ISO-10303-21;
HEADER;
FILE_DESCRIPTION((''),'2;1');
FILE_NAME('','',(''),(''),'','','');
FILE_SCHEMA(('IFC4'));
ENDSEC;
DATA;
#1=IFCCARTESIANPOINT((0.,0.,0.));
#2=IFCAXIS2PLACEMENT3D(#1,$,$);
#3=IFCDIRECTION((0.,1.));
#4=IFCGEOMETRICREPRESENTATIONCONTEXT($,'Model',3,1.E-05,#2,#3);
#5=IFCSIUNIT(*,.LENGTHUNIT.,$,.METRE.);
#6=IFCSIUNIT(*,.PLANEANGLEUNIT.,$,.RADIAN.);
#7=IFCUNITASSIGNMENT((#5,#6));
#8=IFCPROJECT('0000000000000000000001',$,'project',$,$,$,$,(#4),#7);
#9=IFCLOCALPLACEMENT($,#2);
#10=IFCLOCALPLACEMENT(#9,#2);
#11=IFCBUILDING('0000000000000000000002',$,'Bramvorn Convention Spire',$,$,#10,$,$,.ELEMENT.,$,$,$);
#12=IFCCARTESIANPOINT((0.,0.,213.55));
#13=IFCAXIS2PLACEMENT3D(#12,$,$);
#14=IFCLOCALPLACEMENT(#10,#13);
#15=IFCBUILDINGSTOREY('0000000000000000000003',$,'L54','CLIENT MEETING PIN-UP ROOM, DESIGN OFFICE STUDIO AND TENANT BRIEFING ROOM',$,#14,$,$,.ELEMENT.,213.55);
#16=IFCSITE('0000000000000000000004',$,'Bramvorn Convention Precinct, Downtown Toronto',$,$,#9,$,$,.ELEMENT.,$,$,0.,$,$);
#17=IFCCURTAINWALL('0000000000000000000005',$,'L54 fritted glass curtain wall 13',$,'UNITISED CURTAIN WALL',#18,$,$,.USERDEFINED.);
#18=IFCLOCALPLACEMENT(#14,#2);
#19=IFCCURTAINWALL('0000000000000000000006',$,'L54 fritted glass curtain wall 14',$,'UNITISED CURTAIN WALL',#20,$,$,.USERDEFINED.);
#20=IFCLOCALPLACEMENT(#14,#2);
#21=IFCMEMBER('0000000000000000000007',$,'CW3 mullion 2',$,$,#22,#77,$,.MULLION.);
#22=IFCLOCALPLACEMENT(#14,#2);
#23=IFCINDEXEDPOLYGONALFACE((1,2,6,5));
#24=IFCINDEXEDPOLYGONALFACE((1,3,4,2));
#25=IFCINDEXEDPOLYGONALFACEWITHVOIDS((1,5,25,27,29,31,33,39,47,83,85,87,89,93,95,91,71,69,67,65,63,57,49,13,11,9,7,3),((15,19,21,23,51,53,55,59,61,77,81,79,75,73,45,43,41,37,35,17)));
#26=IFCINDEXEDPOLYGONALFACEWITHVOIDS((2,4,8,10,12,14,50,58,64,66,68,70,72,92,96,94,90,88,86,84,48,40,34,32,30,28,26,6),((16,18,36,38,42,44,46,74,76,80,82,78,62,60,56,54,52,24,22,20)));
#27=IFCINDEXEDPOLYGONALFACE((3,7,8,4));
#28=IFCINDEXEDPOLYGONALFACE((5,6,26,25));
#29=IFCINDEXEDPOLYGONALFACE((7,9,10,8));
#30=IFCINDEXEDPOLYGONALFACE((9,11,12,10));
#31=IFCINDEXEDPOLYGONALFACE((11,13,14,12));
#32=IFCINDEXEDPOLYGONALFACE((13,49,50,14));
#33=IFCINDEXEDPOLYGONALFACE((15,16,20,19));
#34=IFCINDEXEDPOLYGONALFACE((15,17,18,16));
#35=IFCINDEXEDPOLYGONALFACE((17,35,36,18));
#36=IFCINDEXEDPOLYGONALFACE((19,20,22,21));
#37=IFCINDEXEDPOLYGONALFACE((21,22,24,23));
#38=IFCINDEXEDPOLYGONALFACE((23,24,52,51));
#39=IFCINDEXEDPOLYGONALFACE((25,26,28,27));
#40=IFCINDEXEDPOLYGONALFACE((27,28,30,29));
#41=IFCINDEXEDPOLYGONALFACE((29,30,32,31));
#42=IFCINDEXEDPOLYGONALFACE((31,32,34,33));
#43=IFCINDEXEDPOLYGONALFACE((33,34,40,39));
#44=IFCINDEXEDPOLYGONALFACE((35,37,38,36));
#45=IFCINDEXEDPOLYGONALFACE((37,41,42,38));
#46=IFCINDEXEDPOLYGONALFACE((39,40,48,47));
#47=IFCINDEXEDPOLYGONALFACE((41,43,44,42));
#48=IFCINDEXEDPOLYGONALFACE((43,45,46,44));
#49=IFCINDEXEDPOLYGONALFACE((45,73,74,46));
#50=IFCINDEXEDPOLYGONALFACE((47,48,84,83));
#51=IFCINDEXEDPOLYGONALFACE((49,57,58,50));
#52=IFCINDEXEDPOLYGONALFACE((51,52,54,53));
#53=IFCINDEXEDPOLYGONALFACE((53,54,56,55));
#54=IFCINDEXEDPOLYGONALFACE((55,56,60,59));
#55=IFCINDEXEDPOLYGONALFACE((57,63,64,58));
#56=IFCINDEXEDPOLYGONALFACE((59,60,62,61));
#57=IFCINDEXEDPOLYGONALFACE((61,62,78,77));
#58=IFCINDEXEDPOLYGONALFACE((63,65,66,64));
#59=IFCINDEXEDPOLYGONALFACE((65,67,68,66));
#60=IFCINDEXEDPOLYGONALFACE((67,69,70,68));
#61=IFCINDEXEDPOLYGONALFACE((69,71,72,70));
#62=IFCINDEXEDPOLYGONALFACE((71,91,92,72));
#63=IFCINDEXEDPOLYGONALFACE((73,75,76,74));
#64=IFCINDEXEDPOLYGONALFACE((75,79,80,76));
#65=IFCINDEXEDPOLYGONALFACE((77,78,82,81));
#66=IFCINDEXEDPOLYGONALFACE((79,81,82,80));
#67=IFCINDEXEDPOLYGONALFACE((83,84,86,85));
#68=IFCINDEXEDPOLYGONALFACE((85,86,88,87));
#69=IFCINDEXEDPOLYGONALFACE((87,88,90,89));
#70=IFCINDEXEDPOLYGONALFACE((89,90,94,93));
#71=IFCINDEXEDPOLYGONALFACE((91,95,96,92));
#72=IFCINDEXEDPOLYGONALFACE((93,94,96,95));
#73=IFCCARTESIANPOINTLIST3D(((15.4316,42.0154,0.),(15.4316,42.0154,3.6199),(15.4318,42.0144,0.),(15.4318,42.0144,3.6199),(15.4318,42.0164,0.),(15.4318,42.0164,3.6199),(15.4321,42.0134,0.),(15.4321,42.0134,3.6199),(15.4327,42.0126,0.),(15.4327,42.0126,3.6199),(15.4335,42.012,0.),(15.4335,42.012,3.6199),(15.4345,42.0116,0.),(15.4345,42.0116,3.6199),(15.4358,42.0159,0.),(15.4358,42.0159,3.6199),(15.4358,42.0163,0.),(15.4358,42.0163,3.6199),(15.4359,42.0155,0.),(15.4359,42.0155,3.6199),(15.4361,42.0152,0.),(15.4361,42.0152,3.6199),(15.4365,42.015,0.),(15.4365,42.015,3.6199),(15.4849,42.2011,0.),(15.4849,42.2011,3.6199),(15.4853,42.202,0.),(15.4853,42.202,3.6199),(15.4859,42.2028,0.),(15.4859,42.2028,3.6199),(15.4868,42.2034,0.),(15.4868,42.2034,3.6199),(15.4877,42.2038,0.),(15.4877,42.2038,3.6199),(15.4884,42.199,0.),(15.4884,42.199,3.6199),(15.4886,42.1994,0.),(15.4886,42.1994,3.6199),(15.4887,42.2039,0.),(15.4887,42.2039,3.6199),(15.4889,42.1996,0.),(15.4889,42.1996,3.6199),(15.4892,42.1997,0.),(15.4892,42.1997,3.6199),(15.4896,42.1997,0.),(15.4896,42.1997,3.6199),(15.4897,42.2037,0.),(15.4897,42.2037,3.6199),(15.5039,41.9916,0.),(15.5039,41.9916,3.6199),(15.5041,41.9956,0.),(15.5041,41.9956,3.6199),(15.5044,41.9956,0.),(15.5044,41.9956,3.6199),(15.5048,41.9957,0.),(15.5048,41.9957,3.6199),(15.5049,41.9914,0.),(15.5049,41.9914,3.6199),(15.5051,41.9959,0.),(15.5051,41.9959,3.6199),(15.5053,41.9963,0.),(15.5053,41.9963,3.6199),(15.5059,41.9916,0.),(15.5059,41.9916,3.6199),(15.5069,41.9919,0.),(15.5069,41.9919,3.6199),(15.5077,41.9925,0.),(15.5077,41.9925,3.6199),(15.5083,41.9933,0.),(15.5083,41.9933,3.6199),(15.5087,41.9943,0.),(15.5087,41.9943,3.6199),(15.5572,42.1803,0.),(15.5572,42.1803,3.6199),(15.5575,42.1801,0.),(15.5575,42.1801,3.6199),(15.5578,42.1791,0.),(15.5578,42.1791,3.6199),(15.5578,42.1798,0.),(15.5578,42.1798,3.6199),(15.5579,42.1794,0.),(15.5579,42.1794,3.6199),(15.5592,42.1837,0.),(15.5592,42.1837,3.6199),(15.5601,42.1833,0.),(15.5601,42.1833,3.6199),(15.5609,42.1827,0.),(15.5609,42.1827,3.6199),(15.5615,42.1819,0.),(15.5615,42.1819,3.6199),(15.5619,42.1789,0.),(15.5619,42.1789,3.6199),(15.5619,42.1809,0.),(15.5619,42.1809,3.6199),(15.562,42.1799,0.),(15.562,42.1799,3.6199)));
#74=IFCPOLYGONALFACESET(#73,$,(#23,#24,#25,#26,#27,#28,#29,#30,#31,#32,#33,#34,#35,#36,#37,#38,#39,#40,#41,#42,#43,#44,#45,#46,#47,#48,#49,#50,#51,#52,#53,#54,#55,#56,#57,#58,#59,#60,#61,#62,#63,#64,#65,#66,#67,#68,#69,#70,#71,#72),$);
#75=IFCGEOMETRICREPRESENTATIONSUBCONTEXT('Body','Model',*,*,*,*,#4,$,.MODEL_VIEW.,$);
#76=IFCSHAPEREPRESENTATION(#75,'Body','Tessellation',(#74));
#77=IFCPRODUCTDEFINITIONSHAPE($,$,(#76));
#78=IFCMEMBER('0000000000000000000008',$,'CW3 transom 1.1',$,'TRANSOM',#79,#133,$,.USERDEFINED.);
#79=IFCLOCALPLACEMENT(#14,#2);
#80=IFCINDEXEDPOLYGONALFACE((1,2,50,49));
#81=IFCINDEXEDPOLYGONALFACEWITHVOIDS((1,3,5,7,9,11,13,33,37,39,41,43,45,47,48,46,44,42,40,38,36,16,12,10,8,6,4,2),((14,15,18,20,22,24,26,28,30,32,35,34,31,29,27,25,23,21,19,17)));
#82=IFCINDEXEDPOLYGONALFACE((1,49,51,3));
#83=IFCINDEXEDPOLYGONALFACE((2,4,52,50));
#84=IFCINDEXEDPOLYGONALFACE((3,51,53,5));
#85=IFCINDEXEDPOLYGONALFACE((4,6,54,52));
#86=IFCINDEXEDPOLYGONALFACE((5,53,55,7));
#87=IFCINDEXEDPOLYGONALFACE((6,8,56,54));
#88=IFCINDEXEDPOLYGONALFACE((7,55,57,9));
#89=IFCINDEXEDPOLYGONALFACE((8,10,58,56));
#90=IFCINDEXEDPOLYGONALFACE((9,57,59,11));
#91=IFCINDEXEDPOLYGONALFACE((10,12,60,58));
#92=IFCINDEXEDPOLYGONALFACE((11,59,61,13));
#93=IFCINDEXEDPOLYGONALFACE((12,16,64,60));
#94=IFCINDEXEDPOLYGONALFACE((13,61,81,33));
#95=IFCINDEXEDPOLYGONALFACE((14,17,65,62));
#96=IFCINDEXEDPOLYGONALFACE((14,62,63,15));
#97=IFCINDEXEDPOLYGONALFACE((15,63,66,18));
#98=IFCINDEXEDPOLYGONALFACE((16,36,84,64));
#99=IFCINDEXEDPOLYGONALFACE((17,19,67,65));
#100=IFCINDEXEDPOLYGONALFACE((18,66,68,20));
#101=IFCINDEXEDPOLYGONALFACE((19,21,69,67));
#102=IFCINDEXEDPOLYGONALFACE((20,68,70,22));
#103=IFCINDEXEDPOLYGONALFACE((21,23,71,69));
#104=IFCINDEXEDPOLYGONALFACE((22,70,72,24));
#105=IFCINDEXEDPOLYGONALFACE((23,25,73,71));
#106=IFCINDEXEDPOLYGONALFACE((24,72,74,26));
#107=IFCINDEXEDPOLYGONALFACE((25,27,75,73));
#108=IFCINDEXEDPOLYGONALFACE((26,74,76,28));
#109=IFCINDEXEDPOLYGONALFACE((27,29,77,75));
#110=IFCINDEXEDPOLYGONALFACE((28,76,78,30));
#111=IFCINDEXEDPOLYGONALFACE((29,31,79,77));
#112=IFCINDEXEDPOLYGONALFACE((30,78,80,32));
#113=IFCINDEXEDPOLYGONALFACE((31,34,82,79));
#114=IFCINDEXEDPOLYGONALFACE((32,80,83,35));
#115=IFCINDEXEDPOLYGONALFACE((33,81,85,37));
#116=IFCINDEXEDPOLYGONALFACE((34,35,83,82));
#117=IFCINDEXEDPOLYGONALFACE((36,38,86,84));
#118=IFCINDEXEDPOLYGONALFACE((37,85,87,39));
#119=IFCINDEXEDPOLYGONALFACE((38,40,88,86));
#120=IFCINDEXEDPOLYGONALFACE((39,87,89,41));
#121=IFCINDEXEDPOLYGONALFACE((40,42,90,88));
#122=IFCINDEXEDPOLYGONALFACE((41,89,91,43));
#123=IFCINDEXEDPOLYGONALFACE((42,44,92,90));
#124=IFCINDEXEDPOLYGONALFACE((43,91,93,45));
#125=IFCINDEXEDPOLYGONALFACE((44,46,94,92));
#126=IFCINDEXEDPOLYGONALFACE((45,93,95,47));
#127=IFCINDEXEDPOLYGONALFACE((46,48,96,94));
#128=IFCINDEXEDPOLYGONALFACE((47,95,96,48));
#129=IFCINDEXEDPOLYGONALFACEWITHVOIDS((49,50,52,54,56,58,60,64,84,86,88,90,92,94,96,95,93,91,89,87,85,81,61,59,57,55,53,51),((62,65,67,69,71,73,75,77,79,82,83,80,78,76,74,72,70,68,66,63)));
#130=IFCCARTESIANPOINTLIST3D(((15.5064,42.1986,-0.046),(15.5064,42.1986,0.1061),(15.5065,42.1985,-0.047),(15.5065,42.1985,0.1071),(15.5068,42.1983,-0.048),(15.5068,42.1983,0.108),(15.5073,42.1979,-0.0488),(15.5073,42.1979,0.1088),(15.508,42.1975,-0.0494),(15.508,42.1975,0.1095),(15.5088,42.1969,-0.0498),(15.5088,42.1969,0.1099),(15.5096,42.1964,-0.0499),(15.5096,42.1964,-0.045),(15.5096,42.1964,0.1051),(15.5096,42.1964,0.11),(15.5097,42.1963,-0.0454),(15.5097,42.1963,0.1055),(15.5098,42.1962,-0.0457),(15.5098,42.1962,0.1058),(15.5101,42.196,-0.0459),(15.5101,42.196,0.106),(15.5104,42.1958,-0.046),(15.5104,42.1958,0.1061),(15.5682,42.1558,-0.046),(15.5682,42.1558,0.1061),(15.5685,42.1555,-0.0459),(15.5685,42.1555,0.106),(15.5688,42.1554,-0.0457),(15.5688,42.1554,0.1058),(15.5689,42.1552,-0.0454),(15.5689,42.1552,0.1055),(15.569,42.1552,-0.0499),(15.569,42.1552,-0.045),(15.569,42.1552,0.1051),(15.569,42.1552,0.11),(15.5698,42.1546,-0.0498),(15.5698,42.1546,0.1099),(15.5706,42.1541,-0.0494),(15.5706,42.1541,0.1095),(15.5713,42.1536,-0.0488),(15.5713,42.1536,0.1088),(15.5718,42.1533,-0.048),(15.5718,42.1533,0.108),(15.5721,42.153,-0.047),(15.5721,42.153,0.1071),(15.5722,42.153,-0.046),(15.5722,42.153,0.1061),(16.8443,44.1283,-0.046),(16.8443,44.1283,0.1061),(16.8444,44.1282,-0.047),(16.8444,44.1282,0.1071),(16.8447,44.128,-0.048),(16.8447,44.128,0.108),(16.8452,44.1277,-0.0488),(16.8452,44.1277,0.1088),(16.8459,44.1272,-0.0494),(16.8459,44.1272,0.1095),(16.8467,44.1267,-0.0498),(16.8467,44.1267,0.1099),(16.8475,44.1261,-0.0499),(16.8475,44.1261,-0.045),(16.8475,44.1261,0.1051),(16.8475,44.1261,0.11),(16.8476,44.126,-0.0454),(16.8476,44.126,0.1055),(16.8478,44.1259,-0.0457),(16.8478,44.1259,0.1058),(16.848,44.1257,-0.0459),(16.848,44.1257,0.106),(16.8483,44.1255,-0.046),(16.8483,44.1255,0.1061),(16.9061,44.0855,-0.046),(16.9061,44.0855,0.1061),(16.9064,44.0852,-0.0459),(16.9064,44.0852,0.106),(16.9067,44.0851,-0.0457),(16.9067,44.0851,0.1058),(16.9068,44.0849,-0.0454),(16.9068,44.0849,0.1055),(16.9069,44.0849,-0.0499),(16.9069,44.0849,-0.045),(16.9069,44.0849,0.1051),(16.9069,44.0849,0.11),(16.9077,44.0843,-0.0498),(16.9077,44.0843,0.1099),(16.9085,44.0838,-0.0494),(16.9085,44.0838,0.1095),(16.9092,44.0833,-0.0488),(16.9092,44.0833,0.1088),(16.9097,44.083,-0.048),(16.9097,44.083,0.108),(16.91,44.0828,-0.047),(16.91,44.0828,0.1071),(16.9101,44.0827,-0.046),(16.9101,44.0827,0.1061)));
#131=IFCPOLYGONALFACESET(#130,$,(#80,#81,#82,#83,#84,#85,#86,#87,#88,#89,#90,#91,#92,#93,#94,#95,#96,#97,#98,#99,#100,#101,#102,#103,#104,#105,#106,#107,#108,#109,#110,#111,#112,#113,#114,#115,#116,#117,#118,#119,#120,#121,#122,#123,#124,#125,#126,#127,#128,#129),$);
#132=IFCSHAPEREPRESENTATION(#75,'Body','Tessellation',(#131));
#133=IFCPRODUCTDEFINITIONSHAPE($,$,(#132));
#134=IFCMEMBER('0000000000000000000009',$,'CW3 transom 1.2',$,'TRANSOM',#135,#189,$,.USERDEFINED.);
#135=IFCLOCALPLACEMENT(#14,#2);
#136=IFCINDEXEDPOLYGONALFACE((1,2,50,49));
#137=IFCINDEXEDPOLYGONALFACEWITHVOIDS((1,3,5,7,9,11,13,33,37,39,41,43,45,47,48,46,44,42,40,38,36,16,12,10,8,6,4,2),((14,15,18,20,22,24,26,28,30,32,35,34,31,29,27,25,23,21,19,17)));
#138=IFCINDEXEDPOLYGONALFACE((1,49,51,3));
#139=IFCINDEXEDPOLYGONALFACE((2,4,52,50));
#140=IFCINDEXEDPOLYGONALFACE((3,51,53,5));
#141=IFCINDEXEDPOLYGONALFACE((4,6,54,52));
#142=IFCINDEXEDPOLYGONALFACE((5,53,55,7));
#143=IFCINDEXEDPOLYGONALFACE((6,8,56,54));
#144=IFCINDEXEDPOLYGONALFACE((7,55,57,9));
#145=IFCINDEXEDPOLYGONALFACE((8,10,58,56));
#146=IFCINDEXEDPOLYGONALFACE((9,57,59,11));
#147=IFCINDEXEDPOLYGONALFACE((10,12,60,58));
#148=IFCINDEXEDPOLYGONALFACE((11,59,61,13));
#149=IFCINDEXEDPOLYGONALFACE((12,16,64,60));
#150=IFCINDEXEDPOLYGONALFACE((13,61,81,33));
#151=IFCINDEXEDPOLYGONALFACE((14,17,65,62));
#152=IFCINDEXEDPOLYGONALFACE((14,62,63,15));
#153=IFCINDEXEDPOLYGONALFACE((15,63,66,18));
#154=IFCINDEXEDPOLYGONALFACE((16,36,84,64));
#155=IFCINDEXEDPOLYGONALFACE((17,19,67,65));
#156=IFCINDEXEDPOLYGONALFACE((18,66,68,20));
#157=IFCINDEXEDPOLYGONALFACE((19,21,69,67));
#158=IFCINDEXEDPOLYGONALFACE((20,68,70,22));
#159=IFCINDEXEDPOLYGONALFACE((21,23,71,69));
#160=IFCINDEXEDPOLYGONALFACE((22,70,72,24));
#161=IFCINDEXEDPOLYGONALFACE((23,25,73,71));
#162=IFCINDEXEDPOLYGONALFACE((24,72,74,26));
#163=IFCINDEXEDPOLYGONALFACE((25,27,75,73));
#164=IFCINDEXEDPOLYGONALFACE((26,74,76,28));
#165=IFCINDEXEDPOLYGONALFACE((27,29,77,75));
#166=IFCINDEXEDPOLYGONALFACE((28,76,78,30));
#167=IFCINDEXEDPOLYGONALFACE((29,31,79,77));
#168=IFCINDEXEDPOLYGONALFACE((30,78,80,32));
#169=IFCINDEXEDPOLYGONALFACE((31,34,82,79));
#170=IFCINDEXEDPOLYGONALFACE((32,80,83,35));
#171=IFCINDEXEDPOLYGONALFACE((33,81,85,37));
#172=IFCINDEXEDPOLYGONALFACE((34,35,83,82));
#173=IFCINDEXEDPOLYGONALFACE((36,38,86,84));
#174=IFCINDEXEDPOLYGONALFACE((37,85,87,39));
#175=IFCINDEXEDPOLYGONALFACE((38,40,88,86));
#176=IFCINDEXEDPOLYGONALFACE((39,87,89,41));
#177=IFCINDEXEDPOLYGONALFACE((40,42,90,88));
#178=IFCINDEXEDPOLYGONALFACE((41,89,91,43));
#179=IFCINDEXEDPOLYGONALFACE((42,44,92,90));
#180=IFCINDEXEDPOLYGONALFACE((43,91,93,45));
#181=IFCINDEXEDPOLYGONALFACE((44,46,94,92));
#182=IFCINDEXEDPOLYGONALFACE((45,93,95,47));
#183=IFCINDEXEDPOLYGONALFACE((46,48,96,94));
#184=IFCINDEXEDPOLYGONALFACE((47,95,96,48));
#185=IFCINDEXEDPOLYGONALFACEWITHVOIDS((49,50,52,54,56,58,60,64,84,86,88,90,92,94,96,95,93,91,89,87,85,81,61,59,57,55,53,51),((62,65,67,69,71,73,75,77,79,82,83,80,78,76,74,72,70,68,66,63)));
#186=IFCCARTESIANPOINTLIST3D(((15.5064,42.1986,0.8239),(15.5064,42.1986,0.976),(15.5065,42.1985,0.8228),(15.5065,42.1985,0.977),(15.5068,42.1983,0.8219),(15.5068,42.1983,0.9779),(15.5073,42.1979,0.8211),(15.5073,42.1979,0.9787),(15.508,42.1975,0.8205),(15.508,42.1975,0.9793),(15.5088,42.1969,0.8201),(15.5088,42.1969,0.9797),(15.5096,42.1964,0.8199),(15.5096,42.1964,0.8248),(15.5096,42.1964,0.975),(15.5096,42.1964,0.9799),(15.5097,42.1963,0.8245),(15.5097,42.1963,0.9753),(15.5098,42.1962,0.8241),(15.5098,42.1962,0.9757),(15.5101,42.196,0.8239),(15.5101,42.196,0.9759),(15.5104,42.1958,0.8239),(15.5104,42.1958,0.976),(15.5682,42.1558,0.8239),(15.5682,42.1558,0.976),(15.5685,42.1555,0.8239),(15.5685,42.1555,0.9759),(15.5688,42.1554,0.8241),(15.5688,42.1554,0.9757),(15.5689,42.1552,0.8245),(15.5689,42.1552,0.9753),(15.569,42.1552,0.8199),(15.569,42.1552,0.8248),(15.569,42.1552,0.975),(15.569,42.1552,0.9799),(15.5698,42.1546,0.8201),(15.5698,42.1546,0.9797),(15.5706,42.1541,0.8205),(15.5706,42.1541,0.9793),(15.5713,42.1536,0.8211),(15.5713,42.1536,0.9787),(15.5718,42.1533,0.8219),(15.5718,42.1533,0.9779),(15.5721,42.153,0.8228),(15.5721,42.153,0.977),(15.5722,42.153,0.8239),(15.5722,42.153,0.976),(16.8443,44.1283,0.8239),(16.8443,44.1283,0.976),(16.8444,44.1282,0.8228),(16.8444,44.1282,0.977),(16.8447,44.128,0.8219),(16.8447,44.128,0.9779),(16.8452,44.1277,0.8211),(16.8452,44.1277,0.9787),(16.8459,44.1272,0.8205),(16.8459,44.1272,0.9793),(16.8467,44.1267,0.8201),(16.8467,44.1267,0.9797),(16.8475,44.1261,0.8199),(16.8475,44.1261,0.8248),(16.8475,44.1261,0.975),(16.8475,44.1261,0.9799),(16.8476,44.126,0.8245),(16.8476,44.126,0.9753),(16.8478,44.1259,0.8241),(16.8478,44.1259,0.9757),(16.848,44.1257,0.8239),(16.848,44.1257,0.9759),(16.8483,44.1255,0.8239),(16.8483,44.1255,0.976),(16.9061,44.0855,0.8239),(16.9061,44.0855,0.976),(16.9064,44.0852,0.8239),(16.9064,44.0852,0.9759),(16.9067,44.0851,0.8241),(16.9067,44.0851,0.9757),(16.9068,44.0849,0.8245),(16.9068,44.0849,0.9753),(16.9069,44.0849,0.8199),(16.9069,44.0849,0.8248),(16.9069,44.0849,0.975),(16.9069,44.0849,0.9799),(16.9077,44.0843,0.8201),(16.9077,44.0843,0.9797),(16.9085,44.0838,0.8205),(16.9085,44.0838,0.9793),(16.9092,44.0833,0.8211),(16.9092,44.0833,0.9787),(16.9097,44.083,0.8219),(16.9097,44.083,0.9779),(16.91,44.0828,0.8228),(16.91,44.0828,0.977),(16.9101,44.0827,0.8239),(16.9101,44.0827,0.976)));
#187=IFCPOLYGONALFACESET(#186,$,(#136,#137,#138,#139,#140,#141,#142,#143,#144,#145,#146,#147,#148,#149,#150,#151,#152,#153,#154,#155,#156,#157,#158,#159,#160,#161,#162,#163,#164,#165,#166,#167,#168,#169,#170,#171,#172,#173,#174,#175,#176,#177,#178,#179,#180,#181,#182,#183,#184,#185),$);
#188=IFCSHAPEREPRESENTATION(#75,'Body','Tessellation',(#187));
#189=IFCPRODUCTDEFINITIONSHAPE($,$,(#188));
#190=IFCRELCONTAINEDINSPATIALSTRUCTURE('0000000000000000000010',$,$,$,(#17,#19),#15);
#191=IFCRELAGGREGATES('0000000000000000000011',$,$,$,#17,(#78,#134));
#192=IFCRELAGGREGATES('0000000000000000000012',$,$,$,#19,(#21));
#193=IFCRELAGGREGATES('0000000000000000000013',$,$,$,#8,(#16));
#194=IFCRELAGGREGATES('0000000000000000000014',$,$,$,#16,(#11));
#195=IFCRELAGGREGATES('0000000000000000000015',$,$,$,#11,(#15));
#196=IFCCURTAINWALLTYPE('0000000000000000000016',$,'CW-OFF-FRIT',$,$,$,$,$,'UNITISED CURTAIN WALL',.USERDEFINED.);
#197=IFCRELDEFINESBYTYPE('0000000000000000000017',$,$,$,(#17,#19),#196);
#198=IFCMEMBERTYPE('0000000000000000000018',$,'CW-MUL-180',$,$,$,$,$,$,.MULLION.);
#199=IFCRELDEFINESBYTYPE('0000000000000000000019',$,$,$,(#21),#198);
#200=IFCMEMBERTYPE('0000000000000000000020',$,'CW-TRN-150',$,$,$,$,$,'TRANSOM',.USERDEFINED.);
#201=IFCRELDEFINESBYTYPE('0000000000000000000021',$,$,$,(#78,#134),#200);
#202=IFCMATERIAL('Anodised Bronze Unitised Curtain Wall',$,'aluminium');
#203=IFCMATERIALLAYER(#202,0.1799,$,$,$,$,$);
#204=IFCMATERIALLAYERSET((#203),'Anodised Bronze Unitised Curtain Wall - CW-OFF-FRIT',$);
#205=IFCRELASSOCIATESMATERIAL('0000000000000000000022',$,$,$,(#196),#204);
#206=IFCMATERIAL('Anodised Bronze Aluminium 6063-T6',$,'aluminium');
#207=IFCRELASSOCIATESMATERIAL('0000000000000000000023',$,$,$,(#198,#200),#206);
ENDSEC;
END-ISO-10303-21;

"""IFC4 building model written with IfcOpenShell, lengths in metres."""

from ifc_helpers import new_model, si_unit, direction, frame, origin, origin_2d, place, context, subcontext, project, spatial, hollow_rectangle, extrude, material, layer, layer_set, material_profile, profile_set, type_object, element, aggregate, save


model = new_model("IFC4")

# Units and contexts
model_context = context("Model", 3, precision=1e-05, world=origin(), true_north=direction((0.0, 1.0)))
body_context = subcontext(model_context, "Body", "Model", "MODEL_VIEW")
ifc_project = project(units=[si_unit("LENGTHUNIT", "METRE"), si_unit("PLANEANGLEUNIT", "RADIAN")], contexts=[model_context])

# Site, building, storey
site_placement = place(None, origin())
site = spatial("IfcSite", under=ifc_project, at=site_placement, Name="Bramvorn Convention Precinct, Downtown Toronto", CompositionType="ELEMENT", RefElevation=0.0)
building_placement = place(site_placement, origin())
building = spatial("IfcBuilding", under=site, at=building_placement, Name="Bramvorn Convention Spire", CompositionType="ELEMENT")
storey_placement = place(building_placement, frame((0.0, 0.0, 213.55)))
storey = spatial("IfcBuildingStorey", under=building, at=storey_placement, Name="L54", Description="CLIENT MEETING PIN-UP ROOM, DESIGN OFFICE STUDIO AND TENANT BRIEFING ROOM", CompositionType="ELEMENT", Elevation=213.55)

# Curtain walls, member
ifc_material_1 = material(Name="Anodised Bronze Unitised Curtain Wall", Category="aluminium")
ifc_layer_1 = layer(ifc_material_1, 0.1799)
ifc_layer_set_1 = layer_set([ifc_layer_1], Name="Anodised Bronze Unitised Curtain Wall - CW-OFF-FRIT")
curtain_wall_type = type_object("IfcCurtainWallType", Name="CW-OFF-FRIT", ElementType="UNITISED CURTAIN WALL", PredefinedType="USERDEFINED", material=ifc_layer_set_1)
curtain_wall_1_placement = place(storey_placement, origin())
curtain_wall_1 = element("IfcCurtainWall", 1, at=curtain_wall_1_placement, inside=storey, type_object=curtain_wall_type, Name="L54 fritted glass curtain wall 13", ObjectType="UNITISED CURTAIN WALL", PredefinedType="USERDEFINED")
ifc_material_2 = material(Name="Anodised Bronze Aluminium 6063-T6", Category="aluminium")
ifc_material_profile_1 = material_profile(ifc_material_2, hollow_rectangle(XDim=0.0801, YDim=0.2, WallThickness=0.0039, InnerFilletRadius=0.001, OuterFilletRadius=0.0039, at=origin_2d()))
ifc_profile_set_1 = profile_set([ifc_material_profile_1], Name="Anodised Bronze Aluminium 6063-T6 - CWM80X200")
member_type_1 = type_object("IfcMemberType", Name="CW-MUL-180", PredefinedType="MULLION", material=ifc_profile_set_1)
curtain_wall_2_placement = place(storey_placement, origin())
curtain_wall_2 = element("IfcCurtainWall", 2, at=curtain_wall_2_placement, inside=storey, type_object=curtain_wall_type, Name="L54 fritted glass curtain wall 14", ObjectType="UNITISED CURTAIN WALL", PredefinedType="USERDEFINED")
member_1_placement = place(storey_placement, frame((15.4968, 42.0977, 0.0), z_axis=(0.0, 0.0, 1.0), x_axis=(-0.961037, 0.27642, 0.0)))
member_1 = element("IfcMember", 3, at=member_1_placement, type_object=member_type_1, Name="CW3 mullion 2", PredefinedType="MULLION", context=body_context, shape_type="SweptSolid", body=[
    extrude(hollow_rectangle(XDim=0.0801, YDim=0.2, WallThickness=0.0039, InnerFilletRadius=0.001, OuterFilletRadius=0.0039, at=origin_2d()), origin(), (0.0, 0.0, 1.0), 3.6199),
])

# Members
ifc_material_profile_2 = material_profile(ifc_material_2, hollow_rectangle(XDim=0.0801, YDim=0.1599, WallThickness=0.0039, InnerFilletRadius=0.001, OuterFilletRadius=0.0039, at=origin_2d()))
ifc_profile_set_2 = profile_set([ifc_material_profile_2], Name="Anodised Bronze Aluminium 6063-T6 - CWT80X160")
member_type_2 = type_object("IfcMemberType", Name="CW-TRN-150", ElementType="TRANSOM", PredefinedType="USERDEFINED", material=ifc_profile_set_2)
member_2_placement = place(storey_placement, frame((15.5393, 42.1758, 0.03), z_axis=(0.569772, 0.821803, 0.0), x_axis=(-0.821803, 0.569772, 0.0)))
member_2 = element("IfcMember", 4, at=member_2_placement, type_object=member_type_2, Name="CW3 transom 1.1", ObjectType="TRANSOM", PredefinedType="USERDEFINED", context=body_context, shape_type="SweptSolid", body=[
    extrude(hollow_rectangle(XDim=0.0801, YDim=0.1599, WallThickness=0.0039, InnerFilletRadius=0.001, OuterFilletRadius=0.0039, at=origin_2d()), origin(), (0.0, 0.0, 1.0), 2.3481),
])
member_3_placement = place(storey_placement, frame((15.5393, 42.1758, 0.8999), z_axis=(0.569772, 0.821803, 0.0), x_axis=(-0.821803, 0.569772, 0.0)))
member_3 = element("IfcMember", 5, at=member_3_placement, type_object=member_type_2, Name="CW3 transom 1.2", ObjectType="TRANSOM", PredefinedType="USERDEFINED", context=body_context, shape_type="SweptSolid", body=[
    extrude(hollow_rectangle(XDim=0.0801, YDim=0.1599, WallThickness=0.0039, InnerFilletRadius=0.001, OuterFilletRadius=0.0039, at=origin_2d()), origin(), (0.0, 0.0, 1.0), 2.3481),
])

aggregate(curtain_wall_1, [member_2, member_3])
aggregate(curtain_wall_2, [member_1])

save(model, "model.ifc")
